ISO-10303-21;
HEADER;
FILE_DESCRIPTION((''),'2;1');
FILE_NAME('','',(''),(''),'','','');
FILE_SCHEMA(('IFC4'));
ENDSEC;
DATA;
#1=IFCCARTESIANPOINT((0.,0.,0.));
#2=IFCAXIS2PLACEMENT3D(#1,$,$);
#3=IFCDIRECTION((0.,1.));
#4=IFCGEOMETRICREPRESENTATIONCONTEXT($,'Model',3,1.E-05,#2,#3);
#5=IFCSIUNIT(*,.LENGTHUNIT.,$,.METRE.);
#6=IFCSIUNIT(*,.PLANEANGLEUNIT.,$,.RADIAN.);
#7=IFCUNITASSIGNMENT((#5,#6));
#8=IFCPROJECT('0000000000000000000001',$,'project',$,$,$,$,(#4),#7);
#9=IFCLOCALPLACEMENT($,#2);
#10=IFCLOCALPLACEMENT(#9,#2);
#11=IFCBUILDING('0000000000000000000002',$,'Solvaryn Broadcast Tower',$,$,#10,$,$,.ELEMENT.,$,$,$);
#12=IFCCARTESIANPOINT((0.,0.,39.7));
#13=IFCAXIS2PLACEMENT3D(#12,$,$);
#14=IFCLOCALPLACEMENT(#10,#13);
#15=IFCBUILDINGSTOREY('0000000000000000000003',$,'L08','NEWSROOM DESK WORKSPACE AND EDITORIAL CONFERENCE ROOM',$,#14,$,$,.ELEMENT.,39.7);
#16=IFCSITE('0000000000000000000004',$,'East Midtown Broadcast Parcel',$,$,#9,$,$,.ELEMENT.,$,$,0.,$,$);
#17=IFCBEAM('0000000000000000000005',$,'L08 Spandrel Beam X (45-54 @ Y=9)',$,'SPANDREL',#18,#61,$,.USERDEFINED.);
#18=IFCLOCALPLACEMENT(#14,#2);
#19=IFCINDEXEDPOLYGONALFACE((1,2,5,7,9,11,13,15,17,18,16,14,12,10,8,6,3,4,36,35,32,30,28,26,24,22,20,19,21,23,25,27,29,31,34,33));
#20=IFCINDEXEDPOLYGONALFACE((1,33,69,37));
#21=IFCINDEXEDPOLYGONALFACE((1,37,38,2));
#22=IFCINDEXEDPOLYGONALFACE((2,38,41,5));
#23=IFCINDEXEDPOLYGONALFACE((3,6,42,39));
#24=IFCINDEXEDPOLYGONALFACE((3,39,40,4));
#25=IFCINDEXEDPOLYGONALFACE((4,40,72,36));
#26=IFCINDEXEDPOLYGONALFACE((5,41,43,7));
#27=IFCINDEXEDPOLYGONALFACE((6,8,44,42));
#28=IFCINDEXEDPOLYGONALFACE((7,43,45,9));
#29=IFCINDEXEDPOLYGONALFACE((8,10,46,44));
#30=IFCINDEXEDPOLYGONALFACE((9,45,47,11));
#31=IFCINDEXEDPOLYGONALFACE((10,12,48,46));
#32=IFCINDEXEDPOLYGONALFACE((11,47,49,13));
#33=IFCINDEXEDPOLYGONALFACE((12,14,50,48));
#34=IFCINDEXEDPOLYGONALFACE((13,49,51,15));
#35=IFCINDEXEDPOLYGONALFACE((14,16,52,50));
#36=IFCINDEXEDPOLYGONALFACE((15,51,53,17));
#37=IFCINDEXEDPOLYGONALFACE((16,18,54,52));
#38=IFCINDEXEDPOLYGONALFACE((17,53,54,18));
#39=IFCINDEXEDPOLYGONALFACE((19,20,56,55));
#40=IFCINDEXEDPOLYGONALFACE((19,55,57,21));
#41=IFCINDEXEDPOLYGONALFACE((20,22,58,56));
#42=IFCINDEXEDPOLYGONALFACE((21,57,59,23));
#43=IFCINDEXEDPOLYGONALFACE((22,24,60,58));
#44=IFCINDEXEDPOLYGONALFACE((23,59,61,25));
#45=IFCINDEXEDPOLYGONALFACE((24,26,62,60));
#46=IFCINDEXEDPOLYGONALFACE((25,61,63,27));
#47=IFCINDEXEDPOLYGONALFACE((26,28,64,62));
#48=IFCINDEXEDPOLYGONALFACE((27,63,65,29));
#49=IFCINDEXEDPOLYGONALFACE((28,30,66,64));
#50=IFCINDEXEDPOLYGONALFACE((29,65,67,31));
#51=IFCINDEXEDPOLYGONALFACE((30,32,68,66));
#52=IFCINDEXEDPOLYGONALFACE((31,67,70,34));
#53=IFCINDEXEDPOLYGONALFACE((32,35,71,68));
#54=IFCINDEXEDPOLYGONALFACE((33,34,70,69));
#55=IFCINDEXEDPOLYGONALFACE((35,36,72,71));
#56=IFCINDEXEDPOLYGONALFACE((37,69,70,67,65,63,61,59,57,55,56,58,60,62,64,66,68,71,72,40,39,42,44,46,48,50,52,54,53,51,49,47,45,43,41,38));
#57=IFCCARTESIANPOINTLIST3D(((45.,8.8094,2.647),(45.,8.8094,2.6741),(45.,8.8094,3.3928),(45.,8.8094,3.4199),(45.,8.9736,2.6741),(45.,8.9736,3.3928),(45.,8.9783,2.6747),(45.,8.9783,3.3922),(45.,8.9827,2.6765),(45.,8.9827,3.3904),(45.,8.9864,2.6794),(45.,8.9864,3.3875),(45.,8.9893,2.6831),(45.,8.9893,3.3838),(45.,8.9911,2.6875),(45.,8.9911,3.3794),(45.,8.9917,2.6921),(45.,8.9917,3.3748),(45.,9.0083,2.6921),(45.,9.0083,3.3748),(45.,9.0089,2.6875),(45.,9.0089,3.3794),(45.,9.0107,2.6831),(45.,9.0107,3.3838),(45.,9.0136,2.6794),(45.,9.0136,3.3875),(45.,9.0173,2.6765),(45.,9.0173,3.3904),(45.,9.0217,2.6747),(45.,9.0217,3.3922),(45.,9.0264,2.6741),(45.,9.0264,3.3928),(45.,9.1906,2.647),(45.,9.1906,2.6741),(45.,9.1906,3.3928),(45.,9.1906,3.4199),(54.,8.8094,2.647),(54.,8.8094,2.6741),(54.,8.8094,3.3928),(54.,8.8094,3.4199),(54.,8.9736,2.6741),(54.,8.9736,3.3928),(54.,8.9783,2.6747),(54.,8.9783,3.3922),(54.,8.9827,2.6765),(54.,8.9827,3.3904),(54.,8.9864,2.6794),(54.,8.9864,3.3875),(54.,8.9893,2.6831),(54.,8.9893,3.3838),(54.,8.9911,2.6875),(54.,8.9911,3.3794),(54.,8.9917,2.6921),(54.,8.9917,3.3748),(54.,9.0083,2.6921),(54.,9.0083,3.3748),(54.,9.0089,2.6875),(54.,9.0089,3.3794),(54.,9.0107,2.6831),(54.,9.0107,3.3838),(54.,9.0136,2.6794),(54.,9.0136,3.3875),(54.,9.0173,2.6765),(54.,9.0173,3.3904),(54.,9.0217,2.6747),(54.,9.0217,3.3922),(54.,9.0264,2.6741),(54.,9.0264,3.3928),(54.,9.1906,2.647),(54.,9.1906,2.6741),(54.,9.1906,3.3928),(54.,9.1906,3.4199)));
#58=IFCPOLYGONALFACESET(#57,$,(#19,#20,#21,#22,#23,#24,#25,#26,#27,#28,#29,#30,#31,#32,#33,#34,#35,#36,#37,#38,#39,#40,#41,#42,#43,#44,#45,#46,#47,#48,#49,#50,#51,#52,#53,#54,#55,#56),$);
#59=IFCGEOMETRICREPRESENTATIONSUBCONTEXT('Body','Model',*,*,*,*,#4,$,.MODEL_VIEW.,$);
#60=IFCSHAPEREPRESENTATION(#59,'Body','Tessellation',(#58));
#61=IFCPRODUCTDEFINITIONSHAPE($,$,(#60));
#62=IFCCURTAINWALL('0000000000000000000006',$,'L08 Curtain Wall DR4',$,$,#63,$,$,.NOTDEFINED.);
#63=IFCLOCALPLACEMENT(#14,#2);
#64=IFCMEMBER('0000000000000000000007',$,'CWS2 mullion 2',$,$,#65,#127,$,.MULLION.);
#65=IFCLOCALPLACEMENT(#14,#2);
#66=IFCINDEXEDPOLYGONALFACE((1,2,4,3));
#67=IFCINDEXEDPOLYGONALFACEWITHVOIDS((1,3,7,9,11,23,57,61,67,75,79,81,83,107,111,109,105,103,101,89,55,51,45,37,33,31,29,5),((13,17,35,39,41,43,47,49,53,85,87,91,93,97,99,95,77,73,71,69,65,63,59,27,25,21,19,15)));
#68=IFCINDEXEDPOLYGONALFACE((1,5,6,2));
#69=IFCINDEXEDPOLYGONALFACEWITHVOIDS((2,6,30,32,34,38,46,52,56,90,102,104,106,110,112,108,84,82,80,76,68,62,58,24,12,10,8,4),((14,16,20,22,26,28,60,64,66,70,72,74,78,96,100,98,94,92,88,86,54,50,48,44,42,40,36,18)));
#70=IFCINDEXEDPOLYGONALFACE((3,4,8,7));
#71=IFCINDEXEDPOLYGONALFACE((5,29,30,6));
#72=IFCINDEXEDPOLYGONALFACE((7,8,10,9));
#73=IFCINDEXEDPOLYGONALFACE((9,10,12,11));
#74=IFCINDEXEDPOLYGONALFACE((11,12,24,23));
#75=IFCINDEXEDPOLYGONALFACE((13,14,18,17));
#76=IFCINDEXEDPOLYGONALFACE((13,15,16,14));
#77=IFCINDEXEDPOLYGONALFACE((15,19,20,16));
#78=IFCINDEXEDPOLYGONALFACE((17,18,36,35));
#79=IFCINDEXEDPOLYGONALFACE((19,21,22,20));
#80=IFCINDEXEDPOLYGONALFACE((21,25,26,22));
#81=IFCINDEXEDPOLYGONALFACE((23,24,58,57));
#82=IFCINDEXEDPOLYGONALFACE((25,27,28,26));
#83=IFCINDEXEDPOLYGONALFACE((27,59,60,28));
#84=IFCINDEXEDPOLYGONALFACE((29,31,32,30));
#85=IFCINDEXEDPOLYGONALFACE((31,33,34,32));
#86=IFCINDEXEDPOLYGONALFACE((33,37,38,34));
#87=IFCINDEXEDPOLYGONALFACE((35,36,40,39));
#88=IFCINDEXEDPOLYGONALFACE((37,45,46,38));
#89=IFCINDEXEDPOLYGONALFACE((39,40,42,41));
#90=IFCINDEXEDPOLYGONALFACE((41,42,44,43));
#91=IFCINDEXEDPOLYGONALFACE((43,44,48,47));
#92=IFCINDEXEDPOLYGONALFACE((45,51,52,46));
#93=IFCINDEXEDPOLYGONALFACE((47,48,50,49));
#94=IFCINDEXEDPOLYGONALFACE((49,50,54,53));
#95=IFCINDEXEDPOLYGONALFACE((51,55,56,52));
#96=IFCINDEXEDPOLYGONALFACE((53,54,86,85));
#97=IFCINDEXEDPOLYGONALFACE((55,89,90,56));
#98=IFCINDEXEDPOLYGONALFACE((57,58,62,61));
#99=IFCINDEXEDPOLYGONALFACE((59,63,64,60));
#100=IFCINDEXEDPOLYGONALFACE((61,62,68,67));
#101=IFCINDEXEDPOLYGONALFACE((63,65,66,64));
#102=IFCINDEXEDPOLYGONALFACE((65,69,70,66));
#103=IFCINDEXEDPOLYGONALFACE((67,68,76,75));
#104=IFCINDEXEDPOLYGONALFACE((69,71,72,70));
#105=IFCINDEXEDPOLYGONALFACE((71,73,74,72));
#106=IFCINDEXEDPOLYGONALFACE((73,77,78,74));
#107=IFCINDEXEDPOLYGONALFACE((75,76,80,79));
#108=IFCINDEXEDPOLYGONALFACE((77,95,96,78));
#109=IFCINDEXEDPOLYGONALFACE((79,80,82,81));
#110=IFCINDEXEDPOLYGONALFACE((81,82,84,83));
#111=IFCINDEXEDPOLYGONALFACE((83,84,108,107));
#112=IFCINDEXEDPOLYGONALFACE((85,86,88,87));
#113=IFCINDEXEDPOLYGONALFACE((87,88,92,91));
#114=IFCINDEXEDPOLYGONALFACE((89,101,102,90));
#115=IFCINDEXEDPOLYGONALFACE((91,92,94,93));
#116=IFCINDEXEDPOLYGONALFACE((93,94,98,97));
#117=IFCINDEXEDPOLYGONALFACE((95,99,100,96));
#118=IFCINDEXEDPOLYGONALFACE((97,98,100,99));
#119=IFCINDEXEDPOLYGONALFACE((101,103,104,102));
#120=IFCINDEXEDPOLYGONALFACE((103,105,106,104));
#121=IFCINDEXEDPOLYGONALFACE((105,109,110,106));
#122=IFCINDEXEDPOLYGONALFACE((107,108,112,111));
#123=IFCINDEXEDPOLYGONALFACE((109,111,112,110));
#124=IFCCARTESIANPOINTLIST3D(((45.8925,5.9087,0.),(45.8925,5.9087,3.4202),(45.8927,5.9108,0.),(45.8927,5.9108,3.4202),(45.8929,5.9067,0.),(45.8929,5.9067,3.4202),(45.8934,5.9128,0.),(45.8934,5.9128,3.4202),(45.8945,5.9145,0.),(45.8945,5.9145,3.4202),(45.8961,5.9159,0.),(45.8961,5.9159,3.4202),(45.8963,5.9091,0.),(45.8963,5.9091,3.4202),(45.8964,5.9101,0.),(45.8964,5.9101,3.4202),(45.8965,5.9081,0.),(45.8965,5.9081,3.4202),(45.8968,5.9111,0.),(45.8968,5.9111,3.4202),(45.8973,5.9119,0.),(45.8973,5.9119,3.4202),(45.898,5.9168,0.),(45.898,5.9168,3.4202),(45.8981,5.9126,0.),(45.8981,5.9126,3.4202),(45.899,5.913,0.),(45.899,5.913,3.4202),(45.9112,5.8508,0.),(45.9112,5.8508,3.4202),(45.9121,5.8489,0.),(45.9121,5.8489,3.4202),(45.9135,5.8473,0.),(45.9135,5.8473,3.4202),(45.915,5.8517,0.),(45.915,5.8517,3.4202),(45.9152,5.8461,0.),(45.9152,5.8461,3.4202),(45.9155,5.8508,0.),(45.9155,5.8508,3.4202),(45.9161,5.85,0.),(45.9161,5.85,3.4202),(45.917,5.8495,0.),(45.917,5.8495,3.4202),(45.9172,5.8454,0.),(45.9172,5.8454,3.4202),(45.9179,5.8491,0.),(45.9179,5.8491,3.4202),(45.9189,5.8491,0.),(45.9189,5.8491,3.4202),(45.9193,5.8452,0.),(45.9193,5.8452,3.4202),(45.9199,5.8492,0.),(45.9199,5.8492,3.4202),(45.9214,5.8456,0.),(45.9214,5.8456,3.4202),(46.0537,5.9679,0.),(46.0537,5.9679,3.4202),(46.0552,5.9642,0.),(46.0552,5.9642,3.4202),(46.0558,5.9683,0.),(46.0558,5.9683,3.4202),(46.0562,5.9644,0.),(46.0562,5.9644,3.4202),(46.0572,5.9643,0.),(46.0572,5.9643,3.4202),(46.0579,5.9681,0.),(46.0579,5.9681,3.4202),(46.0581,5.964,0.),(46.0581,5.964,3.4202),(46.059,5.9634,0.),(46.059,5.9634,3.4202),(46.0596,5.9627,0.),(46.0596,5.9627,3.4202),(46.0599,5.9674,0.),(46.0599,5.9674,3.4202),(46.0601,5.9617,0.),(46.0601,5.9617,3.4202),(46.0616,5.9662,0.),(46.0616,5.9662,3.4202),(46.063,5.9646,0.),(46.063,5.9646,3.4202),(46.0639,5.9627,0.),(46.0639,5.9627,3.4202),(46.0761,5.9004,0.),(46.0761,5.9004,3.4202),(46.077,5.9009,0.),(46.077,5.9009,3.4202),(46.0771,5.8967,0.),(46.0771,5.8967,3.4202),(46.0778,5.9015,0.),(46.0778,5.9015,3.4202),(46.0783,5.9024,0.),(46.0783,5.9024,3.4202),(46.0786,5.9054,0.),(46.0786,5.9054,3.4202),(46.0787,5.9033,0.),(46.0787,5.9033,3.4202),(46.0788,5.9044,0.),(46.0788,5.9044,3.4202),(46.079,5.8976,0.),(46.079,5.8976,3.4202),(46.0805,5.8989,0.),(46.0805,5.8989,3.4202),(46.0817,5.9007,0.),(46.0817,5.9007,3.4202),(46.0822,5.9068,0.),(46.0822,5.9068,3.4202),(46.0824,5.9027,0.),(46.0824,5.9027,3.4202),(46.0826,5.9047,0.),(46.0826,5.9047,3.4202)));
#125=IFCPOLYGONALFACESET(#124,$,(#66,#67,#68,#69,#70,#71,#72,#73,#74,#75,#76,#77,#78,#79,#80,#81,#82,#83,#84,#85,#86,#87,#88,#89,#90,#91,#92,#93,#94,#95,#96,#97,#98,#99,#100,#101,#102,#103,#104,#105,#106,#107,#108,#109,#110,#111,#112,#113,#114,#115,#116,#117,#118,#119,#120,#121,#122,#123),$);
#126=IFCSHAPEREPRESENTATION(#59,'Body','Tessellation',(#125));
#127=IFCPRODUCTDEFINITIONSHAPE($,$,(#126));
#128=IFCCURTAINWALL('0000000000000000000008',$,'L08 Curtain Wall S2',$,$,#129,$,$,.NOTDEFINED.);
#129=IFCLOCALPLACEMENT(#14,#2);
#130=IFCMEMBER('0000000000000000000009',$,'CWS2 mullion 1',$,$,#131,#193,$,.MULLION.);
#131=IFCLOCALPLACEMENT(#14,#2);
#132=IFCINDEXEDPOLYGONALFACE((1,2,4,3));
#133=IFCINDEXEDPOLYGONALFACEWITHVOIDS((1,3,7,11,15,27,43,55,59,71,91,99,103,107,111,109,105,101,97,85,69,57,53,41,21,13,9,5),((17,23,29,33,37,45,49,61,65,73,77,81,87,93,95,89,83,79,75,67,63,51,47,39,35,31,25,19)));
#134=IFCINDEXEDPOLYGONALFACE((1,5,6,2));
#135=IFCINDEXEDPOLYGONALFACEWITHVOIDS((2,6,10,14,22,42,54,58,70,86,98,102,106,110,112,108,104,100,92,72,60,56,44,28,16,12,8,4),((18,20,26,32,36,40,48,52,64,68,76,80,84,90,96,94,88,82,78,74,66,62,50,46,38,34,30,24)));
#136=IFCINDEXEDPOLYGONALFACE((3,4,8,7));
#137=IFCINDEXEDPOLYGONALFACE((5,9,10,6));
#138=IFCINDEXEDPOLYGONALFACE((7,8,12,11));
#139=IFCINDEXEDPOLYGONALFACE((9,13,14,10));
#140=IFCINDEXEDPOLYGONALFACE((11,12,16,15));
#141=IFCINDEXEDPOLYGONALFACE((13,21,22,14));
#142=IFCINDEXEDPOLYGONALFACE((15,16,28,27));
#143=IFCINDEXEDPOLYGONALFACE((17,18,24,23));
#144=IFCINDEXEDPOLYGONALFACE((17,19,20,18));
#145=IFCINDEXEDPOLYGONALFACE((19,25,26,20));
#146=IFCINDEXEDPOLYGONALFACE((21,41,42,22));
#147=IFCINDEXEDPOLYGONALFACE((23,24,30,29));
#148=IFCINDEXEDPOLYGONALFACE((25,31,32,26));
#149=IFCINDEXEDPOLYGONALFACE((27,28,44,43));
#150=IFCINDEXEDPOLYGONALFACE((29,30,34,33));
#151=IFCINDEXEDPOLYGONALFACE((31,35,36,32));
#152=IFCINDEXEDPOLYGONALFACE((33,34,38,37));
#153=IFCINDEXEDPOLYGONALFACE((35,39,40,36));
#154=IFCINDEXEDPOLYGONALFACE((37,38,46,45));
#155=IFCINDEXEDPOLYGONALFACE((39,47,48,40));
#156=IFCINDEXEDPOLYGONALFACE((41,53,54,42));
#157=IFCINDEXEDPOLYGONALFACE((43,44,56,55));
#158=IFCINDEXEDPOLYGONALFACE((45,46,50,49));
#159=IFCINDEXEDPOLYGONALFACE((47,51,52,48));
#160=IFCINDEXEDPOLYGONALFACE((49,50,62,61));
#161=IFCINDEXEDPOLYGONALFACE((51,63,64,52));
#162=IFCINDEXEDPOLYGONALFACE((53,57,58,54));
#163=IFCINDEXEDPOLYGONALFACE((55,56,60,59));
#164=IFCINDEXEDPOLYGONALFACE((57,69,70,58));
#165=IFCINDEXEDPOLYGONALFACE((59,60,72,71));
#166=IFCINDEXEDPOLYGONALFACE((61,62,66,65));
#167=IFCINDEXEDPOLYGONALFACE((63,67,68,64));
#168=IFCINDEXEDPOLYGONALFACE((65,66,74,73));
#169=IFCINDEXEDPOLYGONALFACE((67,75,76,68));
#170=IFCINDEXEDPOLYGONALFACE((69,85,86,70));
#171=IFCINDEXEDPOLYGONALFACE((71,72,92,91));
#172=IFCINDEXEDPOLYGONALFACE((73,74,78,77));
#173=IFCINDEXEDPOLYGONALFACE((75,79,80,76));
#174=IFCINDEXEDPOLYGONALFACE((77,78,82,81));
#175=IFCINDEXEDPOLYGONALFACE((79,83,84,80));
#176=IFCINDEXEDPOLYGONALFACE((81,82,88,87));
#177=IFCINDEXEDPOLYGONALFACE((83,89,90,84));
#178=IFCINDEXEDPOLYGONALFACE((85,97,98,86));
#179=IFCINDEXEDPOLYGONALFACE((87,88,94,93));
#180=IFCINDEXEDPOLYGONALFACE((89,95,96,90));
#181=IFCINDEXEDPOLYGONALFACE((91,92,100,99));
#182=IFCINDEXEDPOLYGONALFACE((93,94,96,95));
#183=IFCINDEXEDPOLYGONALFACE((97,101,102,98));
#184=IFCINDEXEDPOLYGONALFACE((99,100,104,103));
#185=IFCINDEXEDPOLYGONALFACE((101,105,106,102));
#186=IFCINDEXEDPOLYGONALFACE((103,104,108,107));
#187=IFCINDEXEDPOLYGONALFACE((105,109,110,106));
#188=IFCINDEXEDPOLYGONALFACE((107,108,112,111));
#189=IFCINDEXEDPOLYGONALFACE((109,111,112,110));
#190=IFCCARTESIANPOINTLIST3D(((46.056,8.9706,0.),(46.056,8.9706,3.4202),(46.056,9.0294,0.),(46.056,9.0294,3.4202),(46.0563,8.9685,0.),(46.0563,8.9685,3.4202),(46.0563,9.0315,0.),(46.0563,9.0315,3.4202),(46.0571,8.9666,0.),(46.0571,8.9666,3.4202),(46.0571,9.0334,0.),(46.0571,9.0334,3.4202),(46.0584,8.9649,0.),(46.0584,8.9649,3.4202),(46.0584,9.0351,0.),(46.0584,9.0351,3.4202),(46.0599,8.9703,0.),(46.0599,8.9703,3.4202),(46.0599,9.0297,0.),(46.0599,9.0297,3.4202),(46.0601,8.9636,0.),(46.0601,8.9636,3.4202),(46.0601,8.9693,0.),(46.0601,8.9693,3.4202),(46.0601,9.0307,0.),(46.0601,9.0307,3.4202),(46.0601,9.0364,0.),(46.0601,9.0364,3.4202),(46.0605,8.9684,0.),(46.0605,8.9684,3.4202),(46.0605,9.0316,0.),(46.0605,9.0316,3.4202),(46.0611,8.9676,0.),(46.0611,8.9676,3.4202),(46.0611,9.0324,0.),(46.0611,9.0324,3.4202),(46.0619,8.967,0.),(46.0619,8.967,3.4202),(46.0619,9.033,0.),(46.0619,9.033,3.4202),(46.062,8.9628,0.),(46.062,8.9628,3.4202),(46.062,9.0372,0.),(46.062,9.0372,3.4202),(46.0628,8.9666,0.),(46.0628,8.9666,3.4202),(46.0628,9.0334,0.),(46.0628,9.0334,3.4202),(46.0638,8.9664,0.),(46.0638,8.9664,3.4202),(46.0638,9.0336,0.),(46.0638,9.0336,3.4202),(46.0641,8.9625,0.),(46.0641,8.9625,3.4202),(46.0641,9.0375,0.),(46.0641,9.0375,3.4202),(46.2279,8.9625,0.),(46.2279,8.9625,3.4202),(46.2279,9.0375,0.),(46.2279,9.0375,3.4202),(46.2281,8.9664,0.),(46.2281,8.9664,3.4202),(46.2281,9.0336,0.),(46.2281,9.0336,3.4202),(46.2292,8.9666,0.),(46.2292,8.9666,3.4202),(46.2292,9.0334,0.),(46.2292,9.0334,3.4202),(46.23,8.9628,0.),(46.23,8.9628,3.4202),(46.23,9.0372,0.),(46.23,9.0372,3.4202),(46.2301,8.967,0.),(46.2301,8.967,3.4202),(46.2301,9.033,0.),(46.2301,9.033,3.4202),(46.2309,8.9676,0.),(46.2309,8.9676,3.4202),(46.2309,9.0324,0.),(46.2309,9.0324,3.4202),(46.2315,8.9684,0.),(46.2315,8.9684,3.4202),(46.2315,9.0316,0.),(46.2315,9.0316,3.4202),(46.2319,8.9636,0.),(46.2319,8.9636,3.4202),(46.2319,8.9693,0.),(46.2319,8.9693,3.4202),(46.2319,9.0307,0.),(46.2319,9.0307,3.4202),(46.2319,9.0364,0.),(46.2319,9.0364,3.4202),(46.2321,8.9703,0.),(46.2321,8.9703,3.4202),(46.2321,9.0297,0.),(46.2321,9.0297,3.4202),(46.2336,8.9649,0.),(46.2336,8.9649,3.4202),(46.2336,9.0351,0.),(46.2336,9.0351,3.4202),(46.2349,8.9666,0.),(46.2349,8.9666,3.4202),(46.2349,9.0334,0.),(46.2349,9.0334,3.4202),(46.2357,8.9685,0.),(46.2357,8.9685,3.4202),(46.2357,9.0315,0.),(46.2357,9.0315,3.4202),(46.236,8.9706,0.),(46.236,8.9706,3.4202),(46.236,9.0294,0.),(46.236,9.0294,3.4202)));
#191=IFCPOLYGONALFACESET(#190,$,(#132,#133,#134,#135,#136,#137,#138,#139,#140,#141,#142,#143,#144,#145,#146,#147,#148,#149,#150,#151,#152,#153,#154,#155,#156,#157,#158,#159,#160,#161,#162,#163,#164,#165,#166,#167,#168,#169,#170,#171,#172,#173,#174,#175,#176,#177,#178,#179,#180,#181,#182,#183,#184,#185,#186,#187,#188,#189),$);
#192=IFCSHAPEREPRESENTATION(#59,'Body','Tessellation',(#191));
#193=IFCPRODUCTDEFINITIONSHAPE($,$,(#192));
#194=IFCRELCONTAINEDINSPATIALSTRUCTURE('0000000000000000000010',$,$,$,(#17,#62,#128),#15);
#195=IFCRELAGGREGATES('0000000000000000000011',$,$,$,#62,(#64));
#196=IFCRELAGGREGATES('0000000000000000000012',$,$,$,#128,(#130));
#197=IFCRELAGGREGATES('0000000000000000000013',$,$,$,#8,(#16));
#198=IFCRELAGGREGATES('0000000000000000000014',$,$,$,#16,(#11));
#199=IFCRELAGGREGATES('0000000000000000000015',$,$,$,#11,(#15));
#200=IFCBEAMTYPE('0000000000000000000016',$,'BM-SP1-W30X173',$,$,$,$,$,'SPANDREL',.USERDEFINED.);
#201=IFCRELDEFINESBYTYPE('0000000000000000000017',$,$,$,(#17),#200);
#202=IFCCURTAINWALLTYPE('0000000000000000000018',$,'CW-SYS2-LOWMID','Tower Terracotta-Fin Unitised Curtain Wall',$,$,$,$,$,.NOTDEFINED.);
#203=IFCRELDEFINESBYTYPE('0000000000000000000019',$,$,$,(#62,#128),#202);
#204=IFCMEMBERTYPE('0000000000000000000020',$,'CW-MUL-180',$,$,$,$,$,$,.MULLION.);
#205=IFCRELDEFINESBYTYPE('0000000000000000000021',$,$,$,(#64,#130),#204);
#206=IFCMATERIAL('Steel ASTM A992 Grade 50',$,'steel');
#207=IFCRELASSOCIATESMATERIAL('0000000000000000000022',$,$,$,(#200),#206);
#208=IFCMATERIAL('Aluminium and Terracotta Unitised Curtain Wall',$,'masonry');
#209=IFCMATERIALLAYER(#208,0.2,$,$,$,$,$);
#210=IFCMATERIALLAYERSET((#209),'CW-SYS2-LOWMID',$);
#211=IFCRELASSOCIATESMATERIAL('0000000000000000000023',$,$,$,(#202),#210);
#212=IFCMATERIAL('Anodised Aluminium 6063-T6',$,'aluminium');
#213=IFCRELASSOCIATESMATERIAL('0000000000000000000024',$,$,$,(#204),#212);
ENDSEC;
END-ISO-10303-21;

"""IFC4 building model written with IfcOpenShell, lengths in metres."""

from ifc_helpers import new_model, si_unit, direction, frame, origin, origin_2d, place, context, subcontext, project, spatial, hollow_rectangle, i_section, extrude, material, layer, layer_set, material_profile, profile_set, type_object, element, aggregate, save


model = new_model("IFC4")

# Units and contexts
model_context = context("Model", 3, precision=1e-05, world=origin(), true_north=direction((0.0, 1.0)))
body_context = subcontext(model_context, "Body", "Model", "MODEL_VIEW")
ifc_project = project(units=[si_unit("LENGTHUNIT", "METRE"), si_unit("PLANEANGLEUNIT", "RADIAN")], contexts=[model_context])

# Site, building, storey
site_placement = place(None, origin())
site = spatial("IfcSite", under=ifc_project, at=site_placement, Name="East Midtown Broadcast Parcel", CompositionType="ELEMENT", RefElevation=0.0)
building_placement = place(site_placement, origin())
building = spatial("IfcBuilding", under=site, at=building_placement, Name="Solvaryn Broadcast Tower", CompositionType="ELEMENT")
storey_placement = place(building_placement, frame((0.0, 0.0, 39.7)))
storey = spatial("IfcBuildingStorey", under=building, at=storey_placement, Name="L08", Description="NEWSROOM DESK WORKSPACE AND EDITORIAL CONFERENCE ROOM", CompositionType="ELEMENT", Elevation=39.7)

# Beam
ifc_material_1 = material(Name="Steel ASTM A992 Grade 50", Category="steel")
ifc_material_profile_1 = material_profile(ifc_material_1, i_section(OverallWidth=0.3811, OverallDepth=0.7729, WebThickness=0.0166, FlangeThickness=0.0271, FilletRadius=0.0181, at=origin_2d()))
ifc_profile_set_1 = profile_set([ifc_material_profile_1], Name="Steel ASTM A992 Grade 50")
beam_type_1 = type_object("IfcBeamType", Name="BM-SP1-W30X173", ElementType="SPANDREL", PredefinedType="USERDEFINED", material=ifc_profile_set_1)
beam_1_placement = place(storey_placement, frame((45.0, 9.0, 3.0334), z_axis=(1.0, 0.0, 0.0), x_axis=(0.0, 1.0, 0.0)))
element("IfcBeam", 1, at=beam_1_placement, inside=storey, type_object=beam_type_1, Name="L08 Spandrel Beam X (45-54 @ Y=9)", ObjectType="SPANDREL", PredefinedType="USERDEFINED", context=body_context, shape_type="SweptSolid", body=[
    extrude(i_section(OverallWidth=0.3811, OverallDepth=0.7729, WebThickness=0.0166, FlangeThickness=0.0271, FilletRadius=0.0181, at=origin_2d()), origin(), (0.0, 0.0, 1.0), 9.0),
])

# Curtain wall, member
ifc_material_2 = material(Name="Aluminium and Terracotta Unitised Curtain Wall", Category="masonry")
ifc_layer_1 = layer(ifc_material_2, 0.2)
ifc_layer_set_1 = layer_set([ifc_layer_1], Name="CW-SYS2-LOWMID")
curtain_wall_type = type_object("IfcCurtainWallType", Name="CW-SYS2-LOWMID", Description="Tower Terracotta-Fin Unitised Curtain Wall", PredefinedType="NOTDEFINED", material=ifc_layer_set_1)
curtain_wall_1_placement = place(storey_placement, origin())
curtain_wall_1 = element("IfcCurtainWall", 2, at=curtain_wall_1_placement, inside=storey, type_object=curtain_wall_type, Name="L08 Curtain Wall DR4", PredefinedType="NOTDEFINED")
ifc_material_3 = material(Name="Anodised Aluminium 6063-T6", Category="aluminium")
ifc_material_profile_2 = material_profile(ifc_material_3, hollow_rectangle(XDim=0.075, YDim=0.1799, WallThickness=0.0039, InnerFilletRadius=0.0039, OuterFilletRadius=0.0081, at=origin_2d()))
ifc_profile_set_2 = profile_set([ifc_material_profile_2], Name="Anodised Aluminium 6063-T6")
member_type_1 = type_object("IfcMemberType", Name="CW-MUL-180", PredefinedType="MULLION", material=ifc_profile_set_2)
member_1_placement = place(storey_placement, frame((45.9875, 5.9067, 0.0), z_axis=(0.0, 0.0, 1.0), x_axis=(-0.311594, 0.950215, 0.0)))
member_1 = element("IfcMember", 3, at=member_1_placement, type_object=member_type_1, Name="CWS2 mullion 2", PredefinedType="MULLION", context=body_context, shape_type="SweptSolid", body=[
    extrude(hollow_rectangle(XDim=0.075, YDim=0.1799, WallThickness=0.0039, InnerFilletRadius=0.0039, OuterFilletRadius=0.0081, at=origin_2d()), origin(), (0.0, 0.0, 1.0), 3.4202),
])
aggregate(curtain_wall_1, [member_1])

# Curtain wall, member
curtain_wall_2_placement = place(storey_placement, origin())
curtain_wall_2 = element("IfcCurtainWall", 4, at=curtain_wall_2_placement, inside=storey, type_object=curtain_wall_type, Name="L08 Curtain Wall S2", PredefinedType="NOTDEFINED")
member_2_placement = place(storey_placement, frame((46.146, 9.0, 0.0), z_axis=(0.0, 0.0, 1.0), x_axis=(0.0, 1.0, 0.0)))
member_2 = element("IfcMember", 5, at=member_2_placement, type_object=member_type_1, Name="CWS2 mullion 1", PredefinedType="MULLION", context=body_context, shape_type="SweptSolid", body=[
    extrude(hollow_rectangle(XDim=0.075, YDim=0.1799, WallThickness=0.0039, InnerFilletRadius=0.0039, OuterFilletRadius=0.0081, at=origin_2d()), origin(), (0.0, 0.0, 1.0), 3.4202),
])
aggregate(curtain_wall_2, [member_2])

save(model, "model.ifc")
